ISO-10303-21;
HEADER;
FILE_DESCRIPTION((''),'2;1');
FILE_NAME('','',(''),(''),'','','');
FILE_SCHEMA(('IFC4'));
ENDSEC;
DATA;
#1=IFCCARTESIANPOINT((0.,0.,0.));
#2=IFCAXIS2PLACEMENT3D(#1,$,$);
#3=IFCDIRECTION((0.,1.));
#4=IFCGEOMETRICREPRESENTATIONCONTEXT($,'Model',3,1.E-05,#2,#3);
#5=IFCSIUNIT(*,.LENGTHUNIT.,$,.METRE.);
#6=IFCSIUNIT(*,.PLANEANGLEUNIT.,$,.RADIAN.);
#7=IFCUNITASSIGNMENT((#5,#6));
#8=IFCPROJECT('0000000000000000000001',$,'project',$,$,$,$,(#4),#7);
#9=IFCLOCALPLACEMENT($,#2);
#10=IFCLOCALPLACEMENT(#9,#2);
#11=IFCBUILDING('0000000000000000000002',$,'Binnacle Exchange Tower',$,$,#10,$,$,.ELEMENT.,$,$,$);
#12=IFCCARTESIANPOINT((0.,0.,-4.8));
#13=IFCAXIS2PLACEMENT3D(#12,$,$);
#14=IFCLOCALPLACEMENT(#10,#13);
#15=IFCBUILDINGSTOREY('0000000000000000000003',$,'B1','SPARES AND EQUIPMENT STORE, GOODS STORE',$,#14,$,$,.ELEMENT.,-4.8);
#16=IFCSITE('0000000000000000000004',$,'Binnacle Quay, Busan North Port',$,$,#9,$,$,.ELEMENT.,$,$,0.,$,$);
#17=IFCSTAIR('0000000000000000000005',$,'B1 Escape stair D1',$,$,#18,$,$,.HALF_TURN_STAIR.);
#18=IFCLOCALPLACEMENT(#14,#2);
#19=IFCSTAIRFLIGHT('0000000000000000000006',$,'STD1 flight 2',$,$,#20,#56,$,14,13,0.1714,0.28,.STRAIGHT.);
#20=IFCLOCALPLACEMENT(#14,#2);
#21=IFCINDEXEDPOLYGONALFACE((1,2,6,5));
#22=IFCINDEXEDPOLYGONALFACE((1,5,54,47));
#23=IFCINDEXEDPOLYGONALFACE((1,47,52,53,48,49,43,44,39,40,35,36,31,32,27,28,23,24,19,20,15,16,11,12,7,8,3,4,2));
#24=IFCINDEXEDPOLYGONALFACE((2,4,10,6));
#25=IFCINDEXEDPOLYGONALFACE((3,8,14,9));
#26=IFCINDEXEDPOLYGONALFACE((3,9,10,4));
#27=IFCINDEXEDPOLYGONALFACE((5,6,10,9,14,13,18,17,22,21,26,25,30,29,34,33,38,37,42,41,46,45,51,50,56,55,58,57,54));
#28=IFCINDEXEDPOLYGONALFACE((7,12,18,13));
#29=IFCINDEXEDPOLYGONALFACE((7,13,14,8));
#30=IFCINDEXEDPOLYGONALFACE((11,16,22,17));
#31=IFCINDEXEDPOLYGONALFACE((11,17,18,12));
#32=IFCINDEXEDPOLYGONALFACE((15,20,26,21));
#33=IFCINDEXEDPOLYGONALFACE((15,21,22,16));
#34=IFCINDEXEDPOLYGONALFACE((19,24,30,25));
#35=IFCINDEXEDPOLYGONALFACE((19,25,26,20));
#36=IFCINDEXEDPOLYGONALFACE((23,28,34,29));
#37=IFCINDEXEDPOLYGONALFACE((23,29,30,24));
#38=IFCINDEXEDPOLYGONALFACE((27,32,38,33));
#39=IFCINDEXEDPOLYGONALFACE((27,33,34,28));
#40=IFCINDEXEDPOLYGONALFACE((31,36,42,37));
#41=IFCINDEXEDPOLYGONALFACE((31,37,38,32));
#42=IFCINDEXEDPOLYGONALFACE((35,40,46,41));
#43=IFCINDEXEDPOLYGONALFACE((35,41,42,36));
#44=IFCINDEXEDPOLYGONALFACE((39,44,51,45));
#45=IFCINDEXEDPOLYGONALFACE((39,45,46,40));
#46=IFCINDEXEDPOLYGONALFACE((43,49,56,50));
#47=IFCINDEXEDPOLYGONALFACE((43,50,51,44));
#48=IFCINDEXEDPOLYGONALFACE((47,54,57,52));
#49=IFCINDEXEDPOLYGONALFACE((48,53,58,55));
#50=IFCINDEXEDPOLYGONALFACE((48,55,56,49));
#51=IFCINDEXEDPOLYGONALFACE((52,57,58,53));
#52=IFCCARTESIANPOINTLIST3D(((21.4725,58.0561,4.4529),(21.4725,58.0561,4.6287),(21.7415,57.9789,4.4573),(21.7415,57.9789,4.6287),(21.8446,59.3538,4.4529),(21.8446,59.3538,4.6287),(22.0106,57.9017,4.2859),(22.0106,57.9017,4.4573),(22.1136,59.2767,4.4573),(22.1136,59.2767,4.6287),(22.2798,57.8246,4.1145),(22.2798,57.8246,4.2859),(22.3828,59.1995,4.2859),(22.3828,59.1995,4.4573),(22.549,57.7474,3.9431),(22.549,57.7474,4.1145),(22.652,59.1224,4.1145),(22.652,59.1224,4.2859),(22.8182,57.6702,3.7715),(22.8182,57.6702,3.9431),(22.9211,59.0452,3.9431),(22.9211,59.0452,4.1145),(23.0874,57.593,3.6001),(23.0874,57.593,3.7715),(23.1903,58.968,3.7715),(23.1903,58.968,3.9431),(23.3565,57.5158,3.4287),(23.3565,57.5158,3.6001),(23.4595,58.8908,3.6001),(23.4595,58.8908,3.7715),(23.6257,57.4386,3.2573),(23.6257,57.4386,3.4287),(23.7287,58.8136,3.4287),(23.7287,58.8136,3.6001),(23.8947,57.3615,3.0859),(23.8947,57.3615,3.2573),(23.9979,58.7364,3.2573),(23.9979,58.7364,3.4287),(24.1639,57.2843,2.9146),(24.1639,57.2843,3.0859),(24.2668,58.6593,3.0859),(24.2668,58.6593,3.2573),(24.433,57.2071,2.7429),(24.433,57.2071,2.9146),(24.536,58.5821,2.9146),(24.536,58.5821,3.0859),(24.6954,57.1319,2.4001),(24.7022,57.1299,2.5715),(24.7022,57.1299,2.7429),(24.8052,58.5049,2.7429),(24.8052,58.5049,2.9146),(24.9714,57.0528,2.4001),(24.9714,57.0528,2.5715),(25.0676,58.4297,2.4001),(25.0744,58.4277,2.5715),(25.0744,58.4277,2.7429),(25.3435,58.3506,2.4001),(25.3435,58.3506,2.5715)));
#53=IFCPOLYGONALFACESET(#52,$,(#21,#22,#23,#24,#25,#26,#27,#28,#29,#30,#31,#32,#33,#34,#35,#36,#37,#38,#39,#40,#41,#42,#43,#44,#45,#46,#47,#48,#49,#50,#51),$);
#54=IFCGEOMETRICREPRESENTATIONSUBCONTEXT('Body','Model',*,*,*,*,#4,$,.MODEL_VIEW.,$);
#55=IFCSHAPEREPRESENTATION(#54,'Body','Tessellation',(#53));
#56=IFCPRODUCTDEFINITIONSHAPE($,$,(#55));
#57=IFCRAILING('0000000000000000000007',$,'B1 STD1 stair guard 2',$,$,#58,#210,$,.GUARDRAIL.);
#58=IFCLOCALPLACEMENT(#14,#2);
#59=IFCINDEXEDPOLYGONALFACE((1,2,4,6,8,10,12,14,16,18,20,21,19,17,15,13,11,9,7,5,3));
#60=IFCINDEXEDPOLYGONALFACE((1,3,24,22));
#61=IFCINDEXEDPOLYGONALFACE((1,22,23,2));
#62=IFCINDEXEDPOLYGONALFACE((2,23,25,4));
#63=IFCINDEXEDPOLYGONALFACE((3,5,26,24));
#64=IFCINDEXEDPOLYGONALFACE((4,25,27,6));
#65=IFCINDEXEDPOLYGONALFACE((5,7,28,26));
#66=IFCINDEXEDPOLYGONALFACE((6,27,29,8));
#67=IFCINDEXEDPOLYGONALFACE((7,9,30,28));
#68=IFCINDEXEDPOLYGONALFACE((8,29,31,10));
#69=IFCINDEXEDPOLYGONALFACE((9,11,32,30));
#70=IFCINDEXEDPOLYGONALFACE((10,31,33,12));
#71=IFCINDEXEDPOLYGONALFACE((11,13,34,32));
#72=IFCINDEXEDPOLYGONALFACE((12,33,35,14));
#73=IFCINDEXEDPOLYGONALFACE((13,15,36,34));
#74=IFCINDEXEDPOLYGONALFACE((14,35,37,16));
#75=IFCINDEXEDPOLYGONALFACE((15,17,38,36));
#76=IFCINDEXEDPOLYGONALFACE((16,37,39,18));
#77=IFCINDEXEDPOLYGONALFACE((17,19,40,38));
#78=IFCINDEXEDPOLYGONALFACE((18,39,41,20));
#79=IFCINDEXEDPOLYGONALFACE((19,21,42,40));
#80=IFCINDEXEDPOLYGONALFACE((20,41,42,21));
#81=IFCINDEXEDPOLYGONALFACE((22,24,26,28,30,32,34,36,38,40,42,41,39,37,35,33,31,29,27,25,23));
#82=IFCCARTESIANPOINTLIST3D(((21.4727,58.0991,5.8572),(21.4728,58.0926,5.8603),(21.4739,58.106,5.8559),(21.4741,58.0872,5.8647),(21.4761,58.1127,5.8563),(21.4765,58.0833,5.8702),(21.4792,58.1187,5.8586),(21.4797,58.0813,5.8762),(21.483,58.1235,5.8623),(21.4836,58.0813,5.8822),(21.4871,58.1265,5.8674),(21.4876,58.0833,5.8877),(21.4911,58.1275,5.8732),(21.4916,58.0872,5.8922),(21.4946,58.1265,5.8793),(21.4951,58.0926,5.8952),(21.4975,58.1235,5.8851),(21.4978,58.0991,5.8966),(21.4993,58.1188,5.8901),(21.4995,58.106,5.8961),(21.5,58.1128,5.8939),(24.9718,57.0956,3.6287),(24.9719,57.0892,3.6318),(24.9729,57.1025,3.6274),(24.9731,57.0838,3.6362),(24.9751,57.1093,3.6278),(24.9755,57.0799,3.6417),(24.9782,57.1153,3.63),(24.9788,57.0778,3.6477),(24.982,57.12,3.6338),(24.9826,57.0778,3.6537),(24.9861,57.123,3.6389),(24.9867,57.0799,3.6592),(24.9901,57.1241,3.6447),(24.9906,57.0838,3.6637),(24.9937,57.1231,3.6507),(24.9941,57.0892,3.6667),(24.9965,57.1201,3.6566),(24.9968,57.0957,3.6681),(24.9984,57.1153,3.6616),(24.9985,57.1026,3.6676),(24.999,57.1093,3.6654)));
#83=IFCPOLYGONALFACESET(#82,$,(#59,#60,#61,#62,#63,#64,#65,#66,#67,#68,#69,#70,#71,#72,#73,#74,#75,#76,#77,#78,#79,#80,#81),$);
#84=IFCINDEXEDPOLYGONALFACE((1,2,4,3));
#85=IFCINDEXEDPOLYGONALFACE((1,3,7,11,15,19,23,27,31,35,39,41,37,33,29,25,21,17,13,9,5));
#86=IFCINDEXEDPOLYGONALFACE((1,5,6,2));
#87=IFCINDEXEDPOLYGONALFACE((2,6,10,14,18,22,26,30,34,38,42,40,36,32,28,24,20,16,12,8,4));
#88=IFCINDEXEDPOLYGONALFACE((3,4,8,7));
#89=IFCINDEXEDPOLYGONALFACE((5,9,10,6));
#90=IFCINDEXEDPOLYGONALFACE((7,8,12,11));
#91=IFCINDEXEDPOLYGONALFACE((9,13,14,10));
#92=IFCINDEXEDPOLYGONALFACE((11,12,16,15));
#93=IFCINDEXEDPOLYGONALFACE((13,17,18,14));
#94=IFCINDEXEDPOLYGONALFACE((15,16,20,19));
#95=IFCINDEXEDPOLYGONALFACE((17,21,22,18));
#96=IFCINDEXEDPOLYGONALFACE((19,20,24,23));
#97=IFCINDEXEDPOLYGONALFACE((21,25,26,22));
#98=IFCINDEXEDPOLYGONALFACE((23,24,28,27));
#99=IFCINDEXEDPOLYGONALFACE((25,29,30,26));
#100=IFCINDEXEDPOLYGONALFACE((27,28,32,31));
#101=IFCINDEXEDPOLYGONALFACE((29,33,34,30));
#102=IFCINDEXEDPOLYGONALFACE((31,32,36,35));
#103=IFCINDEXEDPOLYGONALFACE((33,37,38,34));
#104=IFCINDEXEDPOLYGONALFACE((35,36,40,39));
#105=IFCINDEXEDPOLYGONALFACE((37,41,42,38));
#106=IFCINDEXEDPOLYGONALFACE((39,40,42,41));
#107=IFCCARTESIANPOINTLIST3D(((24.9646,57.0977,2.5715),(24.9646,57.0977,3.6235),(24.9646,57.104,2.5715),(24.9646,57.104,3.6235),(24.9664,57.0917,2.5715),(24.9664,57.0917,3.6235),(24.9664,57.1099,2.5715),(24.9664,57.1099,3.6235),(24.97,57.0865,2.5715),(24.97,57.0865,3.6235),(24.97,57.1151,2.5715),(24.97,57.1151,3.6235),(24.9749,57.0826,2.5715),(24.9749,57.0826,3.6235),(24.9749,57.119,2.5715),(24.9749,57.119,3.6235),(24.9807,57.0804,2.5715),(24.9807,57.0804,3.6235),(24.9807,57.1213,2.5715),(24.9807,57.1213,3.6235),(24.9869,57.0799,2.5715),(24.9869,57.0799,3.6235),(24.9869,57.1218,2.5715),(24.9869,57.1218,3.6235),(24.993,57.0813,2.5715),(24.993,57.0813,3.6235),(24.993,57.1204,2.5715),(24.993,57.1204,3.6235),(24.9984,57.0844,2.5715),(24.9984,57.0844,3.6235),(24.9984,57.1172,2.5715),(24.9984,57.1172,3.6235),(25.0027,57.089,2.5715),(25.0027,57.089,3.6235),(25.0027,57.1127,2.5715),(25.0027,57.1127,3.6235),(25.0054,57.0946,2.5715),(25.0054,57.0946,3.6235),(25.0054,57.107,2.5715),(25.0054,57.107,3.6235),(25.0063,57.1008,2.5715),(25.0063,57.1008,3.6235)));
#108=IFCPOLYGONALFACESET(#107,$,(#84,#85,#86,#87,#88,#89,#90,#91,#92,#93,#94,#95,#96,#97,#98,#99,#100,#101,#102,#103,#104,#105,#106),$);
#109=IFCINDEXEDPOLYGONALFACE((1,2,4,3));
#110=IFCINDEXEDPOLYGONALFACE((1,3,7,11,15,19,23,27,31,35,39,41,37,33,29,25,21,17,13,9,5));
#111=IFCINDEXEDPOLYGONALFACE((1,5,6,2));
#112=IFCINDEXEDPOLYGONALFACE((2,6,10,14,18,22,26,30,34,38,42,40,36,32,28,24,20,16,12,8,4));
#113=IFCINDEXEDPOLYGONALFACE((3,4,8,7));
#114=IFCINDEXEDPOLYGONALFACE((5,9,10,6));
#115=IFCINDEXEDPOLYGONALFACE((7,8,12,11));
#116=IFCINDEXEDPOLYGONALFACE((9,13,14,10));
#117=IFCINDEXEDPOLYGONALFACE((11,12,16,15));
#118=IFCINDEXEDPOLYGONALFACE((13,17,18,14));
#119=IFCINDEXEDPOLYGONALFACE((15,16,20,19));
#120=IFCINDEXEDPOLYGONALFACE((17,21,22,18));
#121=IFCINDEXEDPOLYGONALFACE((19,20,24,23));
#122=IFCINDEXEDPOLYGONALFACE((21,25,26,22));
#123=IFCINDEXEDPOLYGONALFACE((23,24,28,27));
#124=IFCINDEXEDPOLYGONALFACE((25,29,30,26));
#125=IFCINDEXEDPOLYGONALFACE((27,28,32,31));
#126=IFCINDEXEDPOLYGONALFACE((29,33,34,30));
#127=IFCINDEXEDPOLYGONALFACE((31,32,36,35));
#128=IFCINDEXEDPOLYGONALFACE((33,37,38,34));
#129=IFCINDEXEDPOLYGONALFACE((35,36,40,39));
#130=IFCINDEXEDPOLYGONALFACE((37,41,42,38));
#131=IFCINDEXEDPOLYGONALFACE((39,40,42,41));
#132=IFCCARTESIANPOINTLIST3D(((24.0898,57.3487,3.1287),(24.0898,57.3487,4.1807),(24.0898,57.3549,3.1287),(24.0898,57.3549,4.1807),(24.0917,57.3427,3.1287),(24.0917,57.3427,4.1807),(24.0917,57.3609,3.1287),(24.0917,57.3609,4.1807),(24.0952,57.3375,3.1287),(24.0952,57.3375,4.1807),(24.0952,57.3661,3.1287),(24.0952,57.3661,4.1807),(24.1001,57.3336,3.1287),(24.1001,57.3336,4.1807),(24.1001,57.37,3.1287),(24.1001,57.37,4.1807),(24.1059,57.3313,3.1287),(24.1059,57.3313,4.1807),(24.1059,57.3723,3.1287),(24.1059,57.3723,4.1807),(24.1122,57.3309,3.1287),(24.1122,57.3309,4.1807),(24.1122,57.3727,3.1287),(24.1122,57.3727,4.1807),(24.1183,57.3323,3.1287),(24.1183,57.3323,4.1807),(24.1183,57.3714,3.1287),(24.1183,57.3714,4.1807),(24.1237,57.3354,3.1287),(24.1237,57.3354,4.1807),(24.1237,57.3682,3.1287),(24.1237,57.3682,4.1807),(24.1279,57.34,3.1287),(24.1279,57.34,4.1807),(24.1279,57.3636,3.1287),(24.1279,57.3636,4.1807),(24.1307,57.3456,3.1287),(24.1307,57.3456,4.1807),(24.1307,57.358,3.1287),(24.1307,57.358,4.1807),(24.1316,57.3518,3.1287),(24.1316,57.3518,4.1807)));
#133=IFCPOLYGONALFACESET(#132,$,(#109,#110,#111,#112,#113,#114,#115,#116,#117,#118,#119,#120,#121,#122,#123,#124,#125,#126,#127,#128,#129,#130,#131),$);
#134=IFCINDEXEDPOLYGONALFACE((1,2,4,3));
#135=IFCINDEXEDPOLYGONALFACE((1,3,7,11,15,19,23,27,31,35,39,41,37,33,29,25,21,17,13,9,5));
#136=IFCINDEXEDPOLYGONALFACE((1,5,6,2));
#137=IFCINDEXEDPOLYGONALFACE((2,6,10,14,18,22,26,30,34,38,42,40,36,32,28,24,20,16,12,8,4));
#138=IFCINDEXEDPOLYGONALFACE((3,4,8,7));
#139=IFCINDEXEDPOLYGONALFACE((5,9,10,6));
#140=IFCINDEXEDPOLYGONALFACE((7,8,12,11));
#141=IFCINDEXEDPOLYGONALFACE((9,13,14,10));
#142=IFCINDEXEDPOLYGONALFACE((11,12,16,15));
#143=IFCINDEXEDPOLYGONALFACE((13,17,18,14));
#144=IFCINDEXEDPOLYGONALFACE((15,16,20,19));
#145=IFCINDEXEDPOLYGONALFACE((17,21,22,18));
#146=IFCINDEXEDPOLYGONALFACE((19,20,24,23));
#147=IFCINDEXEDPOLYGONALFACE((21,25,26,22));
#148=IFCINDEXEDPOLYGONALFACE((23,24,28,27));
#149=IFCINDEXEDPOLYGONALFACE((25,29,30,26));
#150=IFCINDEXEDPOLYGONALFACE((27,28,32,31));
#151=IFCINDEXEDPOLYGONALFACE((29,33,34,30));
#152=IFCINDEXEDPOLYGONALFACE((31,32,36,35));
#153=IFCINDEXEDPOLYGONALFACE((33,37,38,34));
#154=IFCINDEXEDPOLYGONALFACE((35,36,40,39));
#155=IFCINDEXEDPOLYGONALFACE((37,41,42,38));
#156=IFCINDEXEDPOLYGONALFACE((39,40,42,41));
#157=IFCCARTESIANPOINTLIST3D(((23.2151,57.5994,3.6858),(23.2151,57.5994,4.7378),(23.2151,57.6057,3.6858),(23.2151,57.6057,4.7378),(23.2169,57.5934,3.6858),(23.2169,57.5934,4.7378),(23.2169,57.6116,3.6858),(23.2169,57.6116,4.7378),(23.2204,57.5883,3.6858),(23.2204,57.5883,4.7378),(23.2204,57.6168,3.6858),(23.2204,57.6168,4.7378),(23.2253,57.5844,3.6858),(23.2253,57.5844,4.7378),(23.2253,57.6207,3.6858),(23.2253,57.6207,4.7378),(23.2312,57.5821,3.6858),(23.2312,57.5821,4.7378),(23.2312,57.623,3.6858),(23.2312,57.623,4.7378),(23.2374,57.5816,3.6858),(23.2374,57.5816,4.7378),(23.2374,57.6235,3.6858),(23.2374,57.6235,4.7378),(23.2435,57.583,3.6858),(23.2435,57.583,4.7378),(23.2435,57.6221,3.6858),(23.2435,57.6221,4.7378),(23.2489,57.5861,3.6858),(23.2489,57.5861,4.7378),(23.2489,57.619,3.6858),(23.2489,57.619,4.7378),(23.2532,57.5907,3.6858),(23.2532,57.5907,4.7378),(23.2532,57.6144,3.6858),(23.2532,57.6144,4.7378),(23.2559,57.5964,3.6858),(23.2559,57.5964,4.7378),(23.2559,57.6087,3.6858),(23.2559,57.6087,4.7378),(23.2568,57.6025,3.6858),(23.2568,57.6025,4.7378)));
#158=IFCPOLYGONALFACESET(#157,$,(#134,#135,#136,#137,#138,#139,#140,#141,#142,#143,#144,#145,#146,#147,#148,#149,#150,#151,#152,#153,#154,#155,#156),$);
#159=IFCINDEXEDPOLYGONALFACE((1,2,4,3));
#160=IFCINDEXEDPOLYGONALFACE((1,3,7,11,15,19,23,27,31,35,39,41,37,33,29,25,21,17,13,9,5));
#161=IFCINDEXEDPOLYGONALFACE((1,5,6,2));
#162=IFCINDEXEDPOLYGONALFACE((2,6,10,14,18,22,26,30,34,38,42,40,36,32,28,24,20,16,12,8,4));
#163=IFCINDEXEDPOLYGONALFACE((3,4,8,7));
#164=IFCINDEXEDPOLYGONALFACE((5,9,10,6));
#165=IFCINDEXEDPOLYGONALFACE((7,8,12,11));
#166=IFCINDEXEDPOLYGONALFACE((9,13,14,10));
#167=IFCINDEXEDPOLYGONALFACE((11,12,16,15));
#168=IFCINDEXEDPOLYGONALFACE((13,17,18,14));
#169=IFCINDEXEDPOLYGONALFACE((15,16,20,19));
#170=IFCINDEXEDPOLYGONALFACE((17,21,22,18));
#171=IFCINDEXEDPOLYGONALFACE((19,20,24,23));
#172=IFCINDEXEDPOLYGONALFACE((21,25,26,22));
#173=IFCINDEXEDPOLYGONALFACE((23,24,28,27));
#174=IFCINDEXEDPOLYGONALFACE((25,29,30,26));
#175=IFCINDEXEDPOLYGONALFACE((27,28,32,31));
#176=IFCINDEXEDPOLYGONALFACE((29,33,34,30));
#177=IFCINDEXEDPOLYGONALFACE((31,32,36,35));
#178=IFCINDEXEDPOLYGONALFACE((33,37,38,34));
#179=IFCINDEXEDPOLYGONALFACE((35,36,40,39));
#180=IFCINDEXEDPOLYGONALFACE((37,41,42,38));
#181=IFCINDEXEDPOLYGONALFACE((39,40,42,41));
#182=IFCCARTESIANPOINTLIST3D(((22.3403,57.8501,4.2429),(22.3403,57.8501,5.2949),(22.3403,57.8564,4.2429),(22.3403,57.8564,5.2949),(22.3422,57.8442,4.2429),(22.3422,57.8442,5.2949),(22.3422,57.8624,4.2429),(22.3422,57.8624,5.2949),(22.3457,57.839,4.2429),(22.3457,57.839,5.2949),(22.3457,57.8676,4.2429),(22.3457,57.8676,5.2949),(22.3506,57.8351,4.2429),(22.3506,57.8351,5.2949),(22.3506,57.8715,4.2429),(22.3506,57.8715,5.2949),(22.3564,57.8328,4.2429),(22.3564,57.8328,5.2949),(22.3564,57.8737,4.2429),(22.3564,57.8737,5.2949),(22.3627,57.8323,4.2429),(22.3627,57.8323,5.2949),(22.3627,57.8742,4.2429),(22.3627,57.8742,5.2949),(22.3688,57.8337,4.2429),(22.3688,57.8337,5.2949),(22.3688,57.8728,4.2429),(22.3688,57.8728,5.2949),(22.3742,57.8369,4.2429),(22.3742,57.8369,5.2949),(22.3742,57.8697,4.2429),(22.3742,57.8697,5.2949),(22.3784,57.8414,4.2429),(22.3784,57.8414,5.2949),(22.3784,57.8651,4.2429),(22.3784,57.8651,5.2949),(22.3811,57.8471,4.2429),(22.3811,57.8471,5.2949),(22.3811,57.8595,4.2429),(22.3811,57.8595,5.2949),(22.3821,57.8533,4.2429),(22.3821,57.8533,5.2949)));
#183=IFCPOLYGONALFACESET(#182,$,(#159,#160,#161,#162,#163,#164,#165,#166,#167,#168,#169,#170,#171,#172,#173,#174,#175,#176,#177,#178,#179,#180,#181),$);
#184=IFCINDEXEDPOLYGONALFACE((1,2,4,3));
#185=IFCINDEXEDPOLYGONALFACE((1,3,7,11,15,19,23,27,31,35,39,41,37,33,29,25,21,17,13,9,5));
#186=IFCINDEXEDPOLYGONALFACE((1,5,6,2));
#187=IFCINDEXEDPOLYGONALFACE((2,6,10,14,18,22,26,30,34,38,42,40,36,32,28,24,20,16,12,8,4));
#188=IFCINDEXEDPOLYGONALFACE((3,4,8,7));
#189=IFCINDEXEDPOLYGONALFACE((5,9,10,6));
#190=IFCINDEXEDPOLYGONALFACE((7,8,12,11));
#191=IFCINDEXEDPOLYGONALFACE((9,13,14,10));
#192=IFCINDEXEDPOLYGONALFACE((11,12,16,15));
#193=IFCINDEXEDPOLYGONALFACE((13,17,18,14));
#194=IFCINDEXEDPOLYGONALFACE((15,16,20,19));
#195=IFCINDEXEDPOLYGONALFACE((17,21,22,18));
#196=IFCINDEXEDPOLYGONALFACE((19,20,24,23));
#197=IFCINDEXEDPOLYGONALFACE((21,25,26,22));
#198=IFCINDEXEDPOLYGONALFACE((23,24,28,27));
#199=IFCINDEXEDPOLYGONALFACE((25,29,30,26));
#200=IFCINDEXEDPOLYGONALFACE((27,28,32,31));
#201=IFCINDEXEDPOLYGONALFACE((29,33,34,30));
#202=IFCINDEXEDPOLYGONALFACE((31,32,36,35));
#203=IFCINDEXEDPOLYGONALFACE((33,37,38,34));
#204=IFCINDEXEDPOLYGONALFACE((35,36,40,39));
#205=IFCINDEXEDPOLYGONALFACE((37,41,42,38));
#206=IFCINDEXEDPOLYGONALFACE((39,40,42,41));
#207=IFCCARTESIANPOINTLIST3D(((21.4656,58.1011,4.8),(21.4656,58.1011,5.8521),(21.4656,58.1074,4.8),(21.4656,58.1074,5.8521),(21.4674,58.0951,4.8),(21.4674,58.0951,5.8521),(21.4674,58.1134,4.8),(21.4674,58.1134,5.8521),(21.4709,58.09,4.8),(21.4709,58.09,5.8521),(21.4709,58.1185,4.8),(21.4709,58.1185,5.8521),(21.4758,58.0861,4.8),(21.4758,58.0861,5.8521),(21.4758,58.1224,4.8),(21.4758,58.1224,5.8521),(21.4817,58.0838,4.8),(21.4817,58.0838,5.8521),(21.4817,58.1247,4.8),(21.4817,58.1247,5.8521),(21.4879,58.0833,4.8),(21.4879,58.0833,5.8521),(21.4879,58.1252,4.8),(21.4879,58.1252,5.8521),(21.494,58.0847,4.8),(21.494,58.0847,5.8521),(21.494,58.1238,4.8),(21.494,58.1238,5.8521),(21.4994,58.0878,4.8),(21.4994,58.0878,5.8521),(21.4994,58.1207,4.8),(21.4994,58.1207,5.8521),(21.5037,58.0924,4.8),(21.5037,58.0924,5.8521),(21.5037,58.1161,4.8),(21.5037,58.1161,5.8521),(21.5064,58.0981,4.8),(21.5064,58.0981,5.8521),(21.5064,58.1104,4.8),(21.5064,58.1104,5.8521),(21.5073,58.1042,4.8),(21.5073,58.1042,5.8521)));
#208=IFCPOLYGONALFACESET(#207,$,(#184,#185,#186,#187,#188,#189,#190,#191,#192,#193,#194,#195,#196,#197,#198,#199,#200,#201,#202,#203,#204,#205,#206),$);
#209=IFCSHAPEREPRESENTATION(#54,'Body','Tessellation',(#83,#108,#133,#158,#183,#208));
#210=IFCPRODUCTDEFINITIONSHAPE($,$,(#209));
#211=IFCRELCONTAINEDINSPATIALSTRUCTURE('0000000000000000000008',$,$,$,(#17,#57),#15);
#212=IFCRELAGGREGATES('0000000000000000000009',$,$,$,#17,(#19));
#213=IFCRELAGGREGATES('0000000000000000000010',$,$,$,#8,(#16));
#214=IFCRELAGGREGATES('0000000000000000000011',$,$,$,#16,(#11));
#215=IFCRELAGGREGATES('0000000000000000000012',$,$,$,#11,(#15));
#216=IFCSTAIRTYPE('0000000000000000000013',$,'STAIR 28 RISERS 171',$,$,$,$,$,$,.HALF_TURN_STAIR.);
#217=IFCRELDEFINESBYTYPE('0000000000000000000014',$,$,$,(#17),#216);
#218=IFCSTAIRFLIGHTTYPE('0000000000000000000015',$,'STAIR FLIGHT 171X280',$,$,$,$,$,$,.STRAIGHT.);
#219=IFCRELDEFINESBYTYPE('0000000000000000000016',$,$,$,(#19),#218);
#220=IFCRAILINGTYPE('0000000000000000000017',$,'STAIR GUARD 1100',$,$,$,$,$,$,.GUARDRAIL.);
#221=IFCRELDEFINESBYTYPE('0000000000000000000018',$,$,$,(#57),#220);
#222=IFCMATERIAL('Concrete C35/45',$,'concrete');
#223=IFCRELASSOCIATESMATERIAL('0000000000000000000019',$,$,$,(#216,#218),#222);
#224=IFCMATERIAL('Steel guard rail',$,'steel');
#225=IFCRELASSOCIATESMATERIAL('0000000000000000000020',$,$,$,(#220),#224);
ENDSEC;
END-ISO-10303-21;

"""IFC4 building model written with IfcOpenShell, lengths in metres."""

from ifc_helpers import new_model, si_unit, direction, frame, origin, origin_2d, place, context, subcontext, project, spatial, polyline, circle, outline, extrude, material, type_object, element, aggregate, save


model = new_model("IFC4")

# Units and contexts
model_context = context("Model", 3, precision=1e-05, world=origin(), true_north=direction((0.0, 1.0)))
body_context = subcontext(model_context, "Body", "Model", "MODEL_VIEW")
ifc_project = project(units=[si_unit("LENGTHUNIT", "METRE"), si_unit("PLANEANGLEUNIT", "RADIAN")], contexts=[model_context])

# Site, building, storey
site_placement = place(None, origin())
site = spatial("IfcSite", under=ifc_project, at=site_placement, Name="Binnacle Quay, Busan North Port", CompositionType="ELEMENT", RefElevation=0.0)
building_placement = place(site_placement, origin())
building = spatial("IfcBuilding", under=site, at=building_placement, Name="Binnacle Exchange Tower", CompositionType="ELEMENT")
storey_placement = place(building_placement, frame((0.0, 0.0, -4.8)))
storey = spatial("IfcBuildingStorey", under=building, at=storey_placement, Name="B1", Description="SPARES AND EQUIPMENT STORE, GOODS STORE", CompositionType="ELEMENT", Elevation=-4.8)

# Stair, stair flight
ifc_material_1 = material(Name="Concrete C35/45", Category="concrete")
stair_type = type_object("IfcStairType", Name="STAIR 28 RISERS 171", PredefinedType="HALF_TURN_STAIR", material=ifc_material_1)
stair_placement = place(storey_placement, origin())
stair = element("IfcStair", 1, at=stair_placement, inside=storey, type_object=stair_type, Name="B1 Escape stair D1", PredefinedType="HALF_TURN_STAIR")
stair_flight_type = type_object("IfcStairFlightType", Name="STAIR FLIGHT 171X280", PredefinedType="STRAIGHT", material=ifc_material_1)
stair_flight_placement = place(storey_placement, frame((25.1575, 57.7017, 2.4001), z_axis=(0.0, 0.0, 1.0), x_axis=(-0.961262, 0.275637, 0.0)))
stair_flight = element("IfcStairFlight", 2, at=stair_flight_placement, type_object=stair_flight_type, Name="STD1 flight 2", NumberOfRisers=14, NumberOfTreads=13, PredefinedType="STRAIGHT", RiserHeight=0.1714, TreadLength=0.28, context=body_context, shape_type="SweptSolid", body=[
    extrude(outline(polyline([(0.0, 0.0), (0.0, 0.1714), (0.28, 0.1714), (0.28, 0.3428), (0.5601, 0.3428), (0.5601, 0.5144), (0.8401, 0.5144), (0.8401, 0.6858), (1.1201, 0.6858), (1.1201, 0.8572), (1.3999, 0.8572), (1.3999, 1.0286), (1.6799, 1.0286), (1.6799, 1.2), (1.96, 1.2), (1.96, 1.3713), (2.24, 1.3713), (2.24, 1.543), (2.52, 1.543), (2.52, 1.7144), (2.8, 1.7144), (2.8, 1.8857), (3.0801, 1.8857), (3.0801, 2.0571), (3.3601, 2.0571), (3.3601, 2.2285), (3.6399, 2.2285), (3.6399, 2.3999), (3.6399, 2.0527), (0.2871, 0.0), (0.0, 0.0)])), frame((0.0, 0.675, 0.0), z_axis=(0.0, -1.0, 0.0), x_axis=(1.0, 0.0, 0.0)), (0.0, 0.0, 1.0), 1.3501),
])
aggregate(stair, [stair_flight])

# Railing
ifc_material_2 = material(Name="Steel guard rail", Category="steel")
railing_type = type_object("IfcRailingType", Name="STAIR GUARD 1100", PredefinedType="GUARDRAIL", material=ifc_material_2)
railing_placement = place(storey_placement, frame((24.9854, 57.1008, 2.5715)))
element("IfcRailing", 3, at=railing_placement, inside=storey, type_object=railing_type, Name="B1 STD1 stair guard 2", PredefinedType="GUARDRAIL", context=body_context, shape_type="SweptSolid", body=[
    extrude(circle(Radius=0.0239, at=origin_2d()), frame((0.0, 0.0, 1.0762), z_axis=(-0.819817, 0.2351, 0.522138), x_axis=(-0.27566, -0.961255, 0.0)), (0.0, 0.0, 1.0), 4.2681),
    extrude(circle(Radius=0.021, at=origin_2d()), origin(), (0.0, 0.0, 1.0), 1.052),
    extrude(circle(Radius=0.021, at=origin_2d()), frame((-0.8748, 0.251, 0.5571)), (0.0, 0.0, 1.0), 1.052),
    extrude(circle(Radius=0.021, at=origin_2d()), frame((-1.7495, 0.5017, 1.1143)), (0.0, 0.0, 1.0), 1.052),
    extrude(circle(Radius=0.021, at=origin_2d()), frame((-2.6243, 0.7524, 1.6714)), (0.0, 0.0, 1.0), 1.052),
    extrude(circle(Radius=0.021, at=origin_2d()), frame((-3.499, 1.0034, 2.2285)), (0.0, 0.0, 1.0), 1.052),
])

save(model, "model.ifc")
